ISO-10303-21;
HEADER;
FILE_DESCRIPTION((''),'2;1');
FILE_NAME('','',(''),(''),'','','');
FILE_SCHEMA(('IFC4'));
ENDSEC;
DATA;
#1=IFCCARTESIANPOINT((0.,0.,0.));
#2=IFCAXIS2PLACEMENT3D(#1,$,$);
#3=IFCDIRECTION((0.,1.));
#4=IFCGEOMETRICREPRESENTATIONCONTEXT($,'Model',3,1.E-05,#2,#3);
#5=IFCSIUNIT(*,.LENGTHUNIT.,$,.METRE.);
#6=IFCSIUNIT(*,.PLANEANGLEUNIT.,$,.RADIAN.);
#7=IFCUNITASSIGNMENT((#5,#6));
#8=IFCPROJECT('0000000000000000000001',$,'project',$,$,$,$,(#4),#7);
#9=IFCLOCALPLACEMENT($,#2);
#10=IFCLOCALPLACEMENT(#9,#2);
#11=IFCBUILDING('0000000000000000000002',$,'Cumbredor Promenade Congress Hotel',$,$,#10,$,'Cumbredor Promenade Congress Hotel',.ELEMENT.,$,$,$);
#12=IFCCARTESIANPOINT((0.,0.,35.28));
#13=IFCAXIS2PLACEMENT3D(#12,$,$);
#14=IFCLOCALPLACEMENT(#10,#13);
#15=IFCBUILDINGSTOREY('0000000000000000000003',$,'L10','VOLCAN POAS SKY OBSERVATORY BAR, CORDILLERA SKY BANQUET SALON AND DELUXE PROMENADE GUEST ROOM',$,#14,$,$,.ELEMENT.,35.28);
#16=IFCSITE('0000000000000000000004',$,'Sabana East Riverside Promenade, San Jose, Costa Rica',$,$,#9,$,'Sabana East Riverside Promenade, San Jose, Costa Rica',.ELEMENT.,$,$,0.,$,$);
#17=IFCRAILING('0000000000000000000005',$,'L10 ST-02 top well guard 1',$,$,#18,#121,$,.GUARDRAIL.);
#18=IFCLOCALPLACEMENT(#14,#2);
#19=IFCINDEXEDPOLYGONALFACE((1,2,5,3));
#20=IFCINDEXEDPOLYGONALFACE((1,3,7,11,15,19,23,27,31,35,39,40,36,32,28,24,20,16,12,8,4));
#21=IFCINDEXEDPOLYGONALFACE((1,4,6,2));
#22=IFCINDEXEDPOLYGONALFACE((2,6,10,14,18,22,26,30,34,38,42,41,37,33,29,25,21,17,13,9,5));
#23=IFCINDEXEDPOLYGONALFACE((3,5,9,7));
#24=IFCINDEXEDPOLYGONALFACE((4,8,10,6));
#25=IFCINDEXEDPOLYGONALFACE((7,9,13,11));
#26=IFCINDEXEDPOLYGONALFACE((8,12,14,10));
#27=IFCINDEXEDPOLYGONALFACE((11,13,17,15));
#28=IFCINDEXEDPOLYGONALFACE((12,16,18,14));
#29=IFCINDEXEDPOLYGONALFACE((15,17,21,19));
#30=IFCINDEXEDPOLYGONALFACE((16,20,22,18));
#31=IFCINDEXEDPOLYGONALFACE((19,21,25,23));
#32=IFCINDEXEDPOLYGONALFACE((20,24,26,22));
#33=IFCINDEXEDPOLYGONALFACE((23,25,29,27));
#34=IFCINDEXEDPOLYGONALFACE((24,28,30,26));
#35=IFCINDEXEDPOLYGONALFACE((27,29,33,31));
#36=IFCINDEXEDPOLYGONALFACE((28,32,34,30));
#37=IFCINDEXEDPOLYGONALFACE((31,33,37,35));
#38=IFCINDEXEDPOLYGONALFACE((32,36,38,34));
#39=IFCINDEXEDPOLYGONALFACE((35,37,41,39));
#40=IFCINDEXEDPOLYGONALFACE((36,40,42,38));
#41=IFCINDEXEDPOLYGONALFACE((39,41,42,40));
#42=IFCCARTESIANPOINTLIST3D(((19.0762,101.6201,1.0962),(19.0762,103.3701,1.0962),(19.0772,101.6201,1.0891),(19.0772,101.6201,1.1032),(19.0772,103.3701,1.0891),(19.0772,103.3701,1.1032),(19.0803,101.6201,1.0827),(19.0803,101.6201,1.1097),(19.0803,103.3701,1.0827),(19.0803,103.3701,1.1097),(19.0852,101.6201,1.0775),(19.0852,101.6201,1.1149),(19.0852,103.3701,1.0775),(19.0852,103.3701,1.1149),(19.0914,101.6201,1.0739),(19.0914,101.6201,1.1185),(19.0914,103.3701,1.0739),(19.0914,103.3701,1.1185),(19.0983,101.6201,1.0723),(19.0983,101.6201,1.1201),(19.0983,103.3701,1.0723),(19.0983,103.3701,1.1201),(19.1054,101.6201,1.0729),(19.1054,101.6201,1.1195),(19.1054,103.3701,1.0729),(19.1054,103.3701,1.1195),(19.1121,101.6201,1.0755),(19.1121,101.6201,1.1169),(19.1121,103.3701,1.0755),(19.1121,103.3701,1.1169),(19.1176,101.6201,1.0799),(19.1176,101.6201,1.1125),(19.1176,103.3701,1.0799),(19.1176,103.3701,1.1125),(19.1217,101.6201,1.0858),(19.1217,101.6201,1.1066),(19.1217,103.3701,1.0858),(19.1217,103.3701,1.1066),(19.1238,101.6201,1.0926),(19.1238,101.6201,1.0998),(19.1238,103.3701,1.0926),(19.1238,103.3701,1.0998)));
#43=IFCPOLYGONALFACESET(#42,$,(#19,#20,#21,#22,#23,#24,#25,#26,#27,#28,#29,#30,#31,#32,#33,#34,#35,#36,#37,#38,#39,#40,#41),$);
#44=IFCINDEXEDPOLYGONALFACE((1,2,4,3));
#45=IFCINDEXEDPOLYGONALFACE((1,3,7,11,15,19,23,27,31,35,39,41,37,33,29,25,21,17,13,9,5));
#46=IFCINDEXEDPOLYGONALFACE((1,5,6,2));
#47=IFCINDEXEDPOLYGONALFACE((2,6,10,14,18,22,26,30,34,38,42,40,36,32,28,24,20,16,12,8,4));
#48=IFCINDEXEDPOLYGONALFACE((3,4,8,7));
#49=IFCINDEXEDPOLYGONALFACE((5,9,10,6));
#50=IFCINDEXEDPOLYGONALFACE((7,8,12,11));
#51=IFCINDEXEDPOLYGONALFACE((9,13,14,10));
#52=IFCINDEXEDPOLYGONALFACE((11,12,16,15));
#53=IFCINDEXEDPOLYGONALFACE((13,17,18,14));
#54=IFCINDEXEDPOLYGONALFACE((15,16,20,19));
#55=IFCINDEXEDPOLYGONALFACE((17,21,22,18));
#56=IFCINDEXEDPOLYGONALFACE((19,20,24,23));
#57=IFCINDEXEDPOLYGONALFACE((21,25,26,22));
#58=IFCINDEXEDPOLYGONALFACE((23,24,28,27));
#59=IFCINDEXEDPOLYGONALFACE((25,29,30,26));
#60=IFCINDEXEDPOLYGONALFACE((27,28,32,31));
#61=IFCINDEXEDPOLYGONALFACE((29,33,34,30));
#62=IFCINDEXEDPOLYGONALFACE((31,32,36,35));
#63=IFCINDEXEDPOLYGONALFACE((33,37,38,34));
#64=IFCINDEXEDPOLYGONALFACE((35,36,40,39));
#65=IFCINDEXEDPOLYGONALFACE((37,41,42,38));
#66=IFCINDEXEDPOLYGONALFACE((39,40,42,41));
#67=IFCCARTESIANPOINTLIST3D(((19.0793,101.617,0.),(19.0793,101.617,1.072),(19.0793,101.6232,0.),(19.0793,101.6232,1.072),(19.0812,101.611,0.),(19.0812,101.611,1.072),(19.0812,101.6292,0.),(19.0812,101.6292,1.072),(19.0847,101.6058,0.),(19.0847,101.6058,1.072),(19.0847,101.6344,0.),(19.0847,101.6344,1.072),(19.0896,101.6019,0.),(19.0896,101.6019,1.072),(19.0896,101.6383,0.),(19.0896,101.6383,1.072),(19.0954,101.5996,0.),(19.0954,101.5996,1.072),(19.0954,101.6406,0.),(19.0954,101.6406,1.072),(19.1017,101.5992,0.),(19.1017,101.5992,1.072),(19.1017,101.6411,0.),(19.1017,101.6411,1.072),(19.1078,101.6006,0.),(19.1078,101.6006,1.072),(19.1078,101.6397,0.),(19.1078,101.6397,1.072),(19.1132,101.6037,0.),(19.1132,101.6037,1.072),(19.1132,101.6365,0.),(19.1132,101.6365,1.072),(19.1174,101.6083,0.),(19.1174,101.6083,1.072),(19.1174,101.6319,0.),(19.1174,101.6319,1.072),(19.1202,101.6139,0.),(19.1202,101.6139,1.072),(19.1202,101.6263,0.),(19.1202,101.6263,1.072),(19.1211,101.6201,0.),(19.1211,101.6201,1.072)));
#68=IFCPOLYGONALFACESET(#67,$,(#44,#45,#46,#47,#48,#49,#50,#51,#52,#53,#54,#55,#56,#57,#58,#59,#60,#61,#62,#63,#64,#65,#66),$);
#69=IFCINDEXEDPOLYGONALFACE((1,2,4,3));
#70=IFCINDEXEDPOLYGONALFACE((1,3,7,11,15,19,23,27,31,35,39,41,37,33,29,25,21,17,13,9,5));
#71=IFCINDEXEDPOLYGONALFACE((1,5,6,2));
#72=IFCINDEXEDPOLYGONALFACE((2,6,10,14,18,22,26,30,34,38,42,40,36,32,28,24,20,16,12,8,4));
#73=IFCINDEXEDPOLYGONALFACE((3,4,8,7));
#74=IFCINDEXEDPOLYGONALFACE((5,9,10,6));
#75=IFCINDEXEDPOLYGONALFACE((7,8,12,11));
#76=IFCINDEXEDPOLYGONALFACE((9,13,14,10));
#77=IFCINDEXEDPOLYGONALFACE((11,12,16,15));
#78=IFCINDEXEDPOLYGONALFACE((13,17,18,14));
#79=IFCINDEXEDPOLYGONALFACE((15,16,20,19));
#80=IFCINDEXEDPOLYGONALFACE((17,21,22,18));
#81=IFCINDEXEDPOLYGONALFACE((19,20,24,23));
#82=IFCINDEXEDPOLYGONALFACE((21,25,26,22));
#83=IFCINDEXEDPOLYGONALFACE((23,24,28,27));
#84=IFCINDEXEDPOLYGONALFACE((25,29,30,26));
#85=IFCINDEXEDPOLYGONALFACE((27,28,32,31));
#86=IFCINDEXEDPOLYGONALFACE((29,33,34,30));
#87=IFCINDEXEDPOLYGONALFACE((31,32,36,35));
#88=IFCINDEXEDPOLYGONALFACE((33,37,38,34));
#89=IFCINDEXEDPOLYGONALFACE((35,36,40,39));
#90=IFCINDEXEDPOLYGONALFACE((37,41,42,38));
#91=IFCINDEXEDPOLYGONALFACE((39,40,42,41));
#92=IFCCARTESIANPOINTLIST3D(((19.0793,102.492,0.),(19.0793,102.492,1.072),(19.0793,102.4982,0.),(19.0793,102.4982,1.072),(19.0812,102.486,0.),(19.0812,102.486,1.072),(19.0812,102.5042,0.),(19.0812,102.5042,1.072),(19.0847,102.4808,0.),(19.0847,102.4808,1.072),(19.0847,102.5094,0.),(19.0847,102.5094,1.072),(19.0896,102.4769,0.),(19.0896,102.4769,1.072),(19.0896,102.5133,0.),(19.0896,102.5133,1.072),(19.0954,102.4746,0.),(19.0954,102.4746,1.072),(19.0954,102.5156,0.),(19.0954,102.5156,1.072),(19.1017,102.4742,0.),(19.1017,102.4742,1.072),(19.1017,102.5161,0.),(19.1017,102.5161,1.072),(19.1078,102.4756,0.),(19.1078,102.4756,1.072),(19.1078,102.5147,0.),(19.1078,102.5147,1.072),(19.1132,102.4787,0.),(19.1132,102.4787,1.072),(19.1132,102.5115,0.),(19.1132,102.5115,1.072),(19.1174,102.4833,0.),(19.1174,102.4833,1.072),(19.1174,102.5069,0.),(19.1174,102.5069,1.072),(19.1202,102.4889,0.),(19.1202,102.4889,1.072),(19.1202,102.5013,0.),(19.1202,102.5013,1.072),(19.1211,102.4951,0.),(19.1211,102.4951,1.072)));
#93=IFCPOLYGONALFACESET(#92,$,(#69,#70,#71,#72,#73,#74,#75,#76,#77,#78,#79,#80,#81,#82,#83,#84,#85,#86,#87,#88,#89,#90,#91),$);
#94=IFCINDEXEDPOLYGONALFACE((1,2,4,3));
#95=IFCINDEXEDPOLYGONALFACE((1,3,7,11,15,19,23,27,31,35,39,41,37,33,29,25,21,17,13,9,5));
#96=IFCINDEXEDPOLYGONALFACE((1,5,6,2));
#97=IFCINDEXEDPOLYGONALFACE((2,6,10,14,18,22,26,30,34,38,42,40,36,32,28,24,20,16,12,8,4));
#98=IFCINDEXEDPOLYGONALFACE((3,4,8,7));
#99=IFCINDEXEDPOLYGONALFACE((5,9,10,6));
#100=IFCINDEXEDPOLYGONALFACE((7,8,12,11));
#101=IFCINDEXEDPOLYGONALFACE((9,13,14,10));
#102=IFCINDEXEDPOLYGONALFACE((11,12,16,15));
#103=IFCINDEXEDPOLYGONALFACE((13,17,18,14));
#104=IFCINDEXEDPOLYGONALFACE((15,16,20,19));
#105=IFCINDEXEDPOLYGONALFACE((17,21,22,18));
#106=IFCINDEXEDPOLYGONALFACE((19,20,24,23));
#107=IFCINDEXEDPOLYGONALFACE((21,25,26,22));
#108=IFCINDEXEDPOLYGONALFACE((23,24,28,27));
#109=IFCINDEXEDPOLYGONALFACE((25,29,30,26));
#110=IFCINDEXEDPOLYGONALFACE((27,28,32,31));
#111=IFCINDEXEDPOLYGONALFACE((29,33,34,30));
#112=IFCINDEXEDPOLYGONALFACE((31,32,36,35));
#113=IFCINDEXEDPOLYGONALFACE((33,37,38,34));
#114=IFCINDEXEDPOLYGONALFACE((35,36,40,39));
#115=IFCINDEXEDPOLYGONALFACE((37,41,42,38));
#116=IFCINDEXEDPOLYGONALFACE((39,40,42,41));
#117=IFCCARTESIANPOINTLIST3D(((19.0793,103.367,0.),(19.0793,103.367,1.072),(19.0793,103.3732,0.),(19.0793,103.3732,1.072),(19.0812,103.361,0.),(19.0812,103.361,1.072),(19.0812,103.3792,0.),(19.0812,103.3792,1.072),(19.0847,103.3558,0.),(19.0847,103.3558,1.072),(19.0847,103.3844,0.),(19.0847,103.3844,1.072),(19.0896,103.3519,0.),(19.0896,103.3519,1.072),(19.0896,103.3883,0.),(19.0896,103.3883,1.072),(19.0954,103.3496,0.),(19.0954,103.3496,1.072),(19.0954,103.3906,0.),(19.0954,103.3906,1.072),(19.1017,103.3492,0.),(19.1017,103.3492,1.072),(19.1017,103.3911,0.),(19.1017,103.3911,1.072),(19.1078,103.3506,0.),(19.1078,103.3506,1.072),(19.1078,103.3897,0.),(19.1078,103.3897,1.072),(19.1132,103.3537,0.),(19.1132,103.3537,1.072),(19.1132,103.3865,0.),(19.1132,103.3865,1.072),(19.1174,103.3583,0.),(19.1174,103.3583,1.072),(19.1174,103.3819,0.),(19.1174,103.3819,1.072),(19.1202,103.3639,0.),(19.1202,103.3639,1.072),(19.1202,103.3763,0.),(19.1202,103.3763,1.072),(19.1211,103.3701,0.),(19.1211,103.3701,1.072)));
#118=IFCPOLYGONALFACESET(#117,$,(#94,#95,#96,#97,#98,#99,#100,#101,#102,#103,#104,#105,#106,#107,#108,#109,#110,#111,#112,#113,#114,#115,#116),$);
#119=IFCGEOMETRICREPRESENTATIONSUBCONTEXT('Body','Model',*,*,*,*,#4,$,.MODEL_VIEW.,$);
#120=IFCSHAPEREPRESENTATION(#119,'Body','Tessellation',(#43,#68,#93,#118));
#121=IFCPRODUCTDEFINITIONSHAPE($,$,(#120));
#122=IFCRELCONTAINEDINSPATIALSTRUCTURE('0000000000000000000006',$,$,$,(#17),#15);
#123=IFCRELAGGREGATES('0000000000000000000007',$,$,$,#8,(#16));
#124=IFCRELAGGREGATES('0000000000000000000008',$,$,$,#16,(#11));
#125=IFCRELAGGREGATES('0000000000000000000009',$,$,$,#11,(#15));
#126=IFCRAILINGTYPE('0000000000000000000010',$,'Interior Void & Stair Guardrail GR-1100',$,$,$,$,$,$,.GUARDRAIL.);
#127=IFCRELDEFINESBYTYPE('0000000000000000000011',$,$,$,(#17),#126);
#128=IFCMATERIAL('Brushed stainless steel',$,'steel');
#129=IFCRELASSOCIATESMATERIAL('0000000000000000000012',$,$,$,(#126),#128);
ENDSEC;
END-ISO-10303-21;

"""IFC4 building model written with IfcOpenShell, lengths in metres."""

from ifc_helpers import new_model, si_unit, direction, frame, origin, origin_2d, place, context, subcontext, project, spatial, circle, extrude, material, type_object, element, save


model = new_model("IFC4")

# Units and contexts
model_context = context("Model", 3, precision=1e-05, world=origin(), true_north=direction((0.0, 1.0)))
body_context = subcontext(model_context, "Body", "Model", "MODEL_VIEW")
ifc_project = project(units=[si_unit("LENGTHUNIT", "METRE"), si_unit("PLANEANGLEUNIT", "RADIAN")], contexts=[model_context])

# Site, building, storey
site_placement = place(None, origin())
site = spatial("IfcSite", under=ifc_project, at=site_placement, Name="Sabana East Riverside Promenade, San Jose, Costa Rica", LongName="Sabana East Riverside Promenade, San Jose, Costa Rica", CompositionType="ELEMENT", RefElevation=0.0)
building_placement = place(site_placement, origin())
building = spatial("IfcBuilding", under=site, at=building_placement, Name="Cumbredor Promenade Congress Hotel", LongName="Cumbredor Promenade Congress Hotel", CompositionType="ELEMENT")
storey_placement = place(building_placement, frame((0.0, 0.0, 35.28)))
storey = spatial("IfcBuildingStorey", under=building, at=storey_placement, Name="L10", Description="VOLCAN POAS SKY OBSERVATORY BAR, CORDILLERA SKY BANQUET SALON AND DELUXE PROMENADE GUEST ROOM", CompositionType="ELEMENT", Elevation=35.28)

# Railing
ifc_material_1 = material(Name="Brushed stainless steel", Category="steel")
railing_type = type_object("IfcRailingType", Name="Interior Void & Stair Guardrail GR-1100", PredefinedType="GUARDRAIL", material=ifc_material_1)
for number, where, name in (
    (1, (19.1001, 101.6201, 0.0), "L10 ST-02 top well guard 1"),
):
    element("IfcRailing", number, at=place(storey_placement, frame(where)), inside=storey, type_object=railing_type, Name=name, PredefinedType="GUARDRAIL", context=body_context, shape_type="SweptSolid", body=[
        extrude(circle(Radius=0.0239, at=origin_2d()), frame((0.0, 0.0, 1.0962), z_axis=(0.0, 1.0, 0.0), x_axis=(-1.0, 0.0, 0.0)), (0.0, 0.0, 1.0), 1.75),
        extrude(circle(Radius=0.021, at=origin_2d()), origin(), (0.0, 0.0, 1.0), 1.072),
        extrude(circle(Radius=0.021, at=origin_2d()), frame((0.0, 0.875, 0.0)), (0.0, 0.0, 1.0), 1.072),
        extrude(circle(Radius=0.021, at=origin_2d()), frame((0.0, 1.75, 0.0)), (0.0, 0.0, 1.0), 1.072),
    ])

save(model, "model.ifc")
